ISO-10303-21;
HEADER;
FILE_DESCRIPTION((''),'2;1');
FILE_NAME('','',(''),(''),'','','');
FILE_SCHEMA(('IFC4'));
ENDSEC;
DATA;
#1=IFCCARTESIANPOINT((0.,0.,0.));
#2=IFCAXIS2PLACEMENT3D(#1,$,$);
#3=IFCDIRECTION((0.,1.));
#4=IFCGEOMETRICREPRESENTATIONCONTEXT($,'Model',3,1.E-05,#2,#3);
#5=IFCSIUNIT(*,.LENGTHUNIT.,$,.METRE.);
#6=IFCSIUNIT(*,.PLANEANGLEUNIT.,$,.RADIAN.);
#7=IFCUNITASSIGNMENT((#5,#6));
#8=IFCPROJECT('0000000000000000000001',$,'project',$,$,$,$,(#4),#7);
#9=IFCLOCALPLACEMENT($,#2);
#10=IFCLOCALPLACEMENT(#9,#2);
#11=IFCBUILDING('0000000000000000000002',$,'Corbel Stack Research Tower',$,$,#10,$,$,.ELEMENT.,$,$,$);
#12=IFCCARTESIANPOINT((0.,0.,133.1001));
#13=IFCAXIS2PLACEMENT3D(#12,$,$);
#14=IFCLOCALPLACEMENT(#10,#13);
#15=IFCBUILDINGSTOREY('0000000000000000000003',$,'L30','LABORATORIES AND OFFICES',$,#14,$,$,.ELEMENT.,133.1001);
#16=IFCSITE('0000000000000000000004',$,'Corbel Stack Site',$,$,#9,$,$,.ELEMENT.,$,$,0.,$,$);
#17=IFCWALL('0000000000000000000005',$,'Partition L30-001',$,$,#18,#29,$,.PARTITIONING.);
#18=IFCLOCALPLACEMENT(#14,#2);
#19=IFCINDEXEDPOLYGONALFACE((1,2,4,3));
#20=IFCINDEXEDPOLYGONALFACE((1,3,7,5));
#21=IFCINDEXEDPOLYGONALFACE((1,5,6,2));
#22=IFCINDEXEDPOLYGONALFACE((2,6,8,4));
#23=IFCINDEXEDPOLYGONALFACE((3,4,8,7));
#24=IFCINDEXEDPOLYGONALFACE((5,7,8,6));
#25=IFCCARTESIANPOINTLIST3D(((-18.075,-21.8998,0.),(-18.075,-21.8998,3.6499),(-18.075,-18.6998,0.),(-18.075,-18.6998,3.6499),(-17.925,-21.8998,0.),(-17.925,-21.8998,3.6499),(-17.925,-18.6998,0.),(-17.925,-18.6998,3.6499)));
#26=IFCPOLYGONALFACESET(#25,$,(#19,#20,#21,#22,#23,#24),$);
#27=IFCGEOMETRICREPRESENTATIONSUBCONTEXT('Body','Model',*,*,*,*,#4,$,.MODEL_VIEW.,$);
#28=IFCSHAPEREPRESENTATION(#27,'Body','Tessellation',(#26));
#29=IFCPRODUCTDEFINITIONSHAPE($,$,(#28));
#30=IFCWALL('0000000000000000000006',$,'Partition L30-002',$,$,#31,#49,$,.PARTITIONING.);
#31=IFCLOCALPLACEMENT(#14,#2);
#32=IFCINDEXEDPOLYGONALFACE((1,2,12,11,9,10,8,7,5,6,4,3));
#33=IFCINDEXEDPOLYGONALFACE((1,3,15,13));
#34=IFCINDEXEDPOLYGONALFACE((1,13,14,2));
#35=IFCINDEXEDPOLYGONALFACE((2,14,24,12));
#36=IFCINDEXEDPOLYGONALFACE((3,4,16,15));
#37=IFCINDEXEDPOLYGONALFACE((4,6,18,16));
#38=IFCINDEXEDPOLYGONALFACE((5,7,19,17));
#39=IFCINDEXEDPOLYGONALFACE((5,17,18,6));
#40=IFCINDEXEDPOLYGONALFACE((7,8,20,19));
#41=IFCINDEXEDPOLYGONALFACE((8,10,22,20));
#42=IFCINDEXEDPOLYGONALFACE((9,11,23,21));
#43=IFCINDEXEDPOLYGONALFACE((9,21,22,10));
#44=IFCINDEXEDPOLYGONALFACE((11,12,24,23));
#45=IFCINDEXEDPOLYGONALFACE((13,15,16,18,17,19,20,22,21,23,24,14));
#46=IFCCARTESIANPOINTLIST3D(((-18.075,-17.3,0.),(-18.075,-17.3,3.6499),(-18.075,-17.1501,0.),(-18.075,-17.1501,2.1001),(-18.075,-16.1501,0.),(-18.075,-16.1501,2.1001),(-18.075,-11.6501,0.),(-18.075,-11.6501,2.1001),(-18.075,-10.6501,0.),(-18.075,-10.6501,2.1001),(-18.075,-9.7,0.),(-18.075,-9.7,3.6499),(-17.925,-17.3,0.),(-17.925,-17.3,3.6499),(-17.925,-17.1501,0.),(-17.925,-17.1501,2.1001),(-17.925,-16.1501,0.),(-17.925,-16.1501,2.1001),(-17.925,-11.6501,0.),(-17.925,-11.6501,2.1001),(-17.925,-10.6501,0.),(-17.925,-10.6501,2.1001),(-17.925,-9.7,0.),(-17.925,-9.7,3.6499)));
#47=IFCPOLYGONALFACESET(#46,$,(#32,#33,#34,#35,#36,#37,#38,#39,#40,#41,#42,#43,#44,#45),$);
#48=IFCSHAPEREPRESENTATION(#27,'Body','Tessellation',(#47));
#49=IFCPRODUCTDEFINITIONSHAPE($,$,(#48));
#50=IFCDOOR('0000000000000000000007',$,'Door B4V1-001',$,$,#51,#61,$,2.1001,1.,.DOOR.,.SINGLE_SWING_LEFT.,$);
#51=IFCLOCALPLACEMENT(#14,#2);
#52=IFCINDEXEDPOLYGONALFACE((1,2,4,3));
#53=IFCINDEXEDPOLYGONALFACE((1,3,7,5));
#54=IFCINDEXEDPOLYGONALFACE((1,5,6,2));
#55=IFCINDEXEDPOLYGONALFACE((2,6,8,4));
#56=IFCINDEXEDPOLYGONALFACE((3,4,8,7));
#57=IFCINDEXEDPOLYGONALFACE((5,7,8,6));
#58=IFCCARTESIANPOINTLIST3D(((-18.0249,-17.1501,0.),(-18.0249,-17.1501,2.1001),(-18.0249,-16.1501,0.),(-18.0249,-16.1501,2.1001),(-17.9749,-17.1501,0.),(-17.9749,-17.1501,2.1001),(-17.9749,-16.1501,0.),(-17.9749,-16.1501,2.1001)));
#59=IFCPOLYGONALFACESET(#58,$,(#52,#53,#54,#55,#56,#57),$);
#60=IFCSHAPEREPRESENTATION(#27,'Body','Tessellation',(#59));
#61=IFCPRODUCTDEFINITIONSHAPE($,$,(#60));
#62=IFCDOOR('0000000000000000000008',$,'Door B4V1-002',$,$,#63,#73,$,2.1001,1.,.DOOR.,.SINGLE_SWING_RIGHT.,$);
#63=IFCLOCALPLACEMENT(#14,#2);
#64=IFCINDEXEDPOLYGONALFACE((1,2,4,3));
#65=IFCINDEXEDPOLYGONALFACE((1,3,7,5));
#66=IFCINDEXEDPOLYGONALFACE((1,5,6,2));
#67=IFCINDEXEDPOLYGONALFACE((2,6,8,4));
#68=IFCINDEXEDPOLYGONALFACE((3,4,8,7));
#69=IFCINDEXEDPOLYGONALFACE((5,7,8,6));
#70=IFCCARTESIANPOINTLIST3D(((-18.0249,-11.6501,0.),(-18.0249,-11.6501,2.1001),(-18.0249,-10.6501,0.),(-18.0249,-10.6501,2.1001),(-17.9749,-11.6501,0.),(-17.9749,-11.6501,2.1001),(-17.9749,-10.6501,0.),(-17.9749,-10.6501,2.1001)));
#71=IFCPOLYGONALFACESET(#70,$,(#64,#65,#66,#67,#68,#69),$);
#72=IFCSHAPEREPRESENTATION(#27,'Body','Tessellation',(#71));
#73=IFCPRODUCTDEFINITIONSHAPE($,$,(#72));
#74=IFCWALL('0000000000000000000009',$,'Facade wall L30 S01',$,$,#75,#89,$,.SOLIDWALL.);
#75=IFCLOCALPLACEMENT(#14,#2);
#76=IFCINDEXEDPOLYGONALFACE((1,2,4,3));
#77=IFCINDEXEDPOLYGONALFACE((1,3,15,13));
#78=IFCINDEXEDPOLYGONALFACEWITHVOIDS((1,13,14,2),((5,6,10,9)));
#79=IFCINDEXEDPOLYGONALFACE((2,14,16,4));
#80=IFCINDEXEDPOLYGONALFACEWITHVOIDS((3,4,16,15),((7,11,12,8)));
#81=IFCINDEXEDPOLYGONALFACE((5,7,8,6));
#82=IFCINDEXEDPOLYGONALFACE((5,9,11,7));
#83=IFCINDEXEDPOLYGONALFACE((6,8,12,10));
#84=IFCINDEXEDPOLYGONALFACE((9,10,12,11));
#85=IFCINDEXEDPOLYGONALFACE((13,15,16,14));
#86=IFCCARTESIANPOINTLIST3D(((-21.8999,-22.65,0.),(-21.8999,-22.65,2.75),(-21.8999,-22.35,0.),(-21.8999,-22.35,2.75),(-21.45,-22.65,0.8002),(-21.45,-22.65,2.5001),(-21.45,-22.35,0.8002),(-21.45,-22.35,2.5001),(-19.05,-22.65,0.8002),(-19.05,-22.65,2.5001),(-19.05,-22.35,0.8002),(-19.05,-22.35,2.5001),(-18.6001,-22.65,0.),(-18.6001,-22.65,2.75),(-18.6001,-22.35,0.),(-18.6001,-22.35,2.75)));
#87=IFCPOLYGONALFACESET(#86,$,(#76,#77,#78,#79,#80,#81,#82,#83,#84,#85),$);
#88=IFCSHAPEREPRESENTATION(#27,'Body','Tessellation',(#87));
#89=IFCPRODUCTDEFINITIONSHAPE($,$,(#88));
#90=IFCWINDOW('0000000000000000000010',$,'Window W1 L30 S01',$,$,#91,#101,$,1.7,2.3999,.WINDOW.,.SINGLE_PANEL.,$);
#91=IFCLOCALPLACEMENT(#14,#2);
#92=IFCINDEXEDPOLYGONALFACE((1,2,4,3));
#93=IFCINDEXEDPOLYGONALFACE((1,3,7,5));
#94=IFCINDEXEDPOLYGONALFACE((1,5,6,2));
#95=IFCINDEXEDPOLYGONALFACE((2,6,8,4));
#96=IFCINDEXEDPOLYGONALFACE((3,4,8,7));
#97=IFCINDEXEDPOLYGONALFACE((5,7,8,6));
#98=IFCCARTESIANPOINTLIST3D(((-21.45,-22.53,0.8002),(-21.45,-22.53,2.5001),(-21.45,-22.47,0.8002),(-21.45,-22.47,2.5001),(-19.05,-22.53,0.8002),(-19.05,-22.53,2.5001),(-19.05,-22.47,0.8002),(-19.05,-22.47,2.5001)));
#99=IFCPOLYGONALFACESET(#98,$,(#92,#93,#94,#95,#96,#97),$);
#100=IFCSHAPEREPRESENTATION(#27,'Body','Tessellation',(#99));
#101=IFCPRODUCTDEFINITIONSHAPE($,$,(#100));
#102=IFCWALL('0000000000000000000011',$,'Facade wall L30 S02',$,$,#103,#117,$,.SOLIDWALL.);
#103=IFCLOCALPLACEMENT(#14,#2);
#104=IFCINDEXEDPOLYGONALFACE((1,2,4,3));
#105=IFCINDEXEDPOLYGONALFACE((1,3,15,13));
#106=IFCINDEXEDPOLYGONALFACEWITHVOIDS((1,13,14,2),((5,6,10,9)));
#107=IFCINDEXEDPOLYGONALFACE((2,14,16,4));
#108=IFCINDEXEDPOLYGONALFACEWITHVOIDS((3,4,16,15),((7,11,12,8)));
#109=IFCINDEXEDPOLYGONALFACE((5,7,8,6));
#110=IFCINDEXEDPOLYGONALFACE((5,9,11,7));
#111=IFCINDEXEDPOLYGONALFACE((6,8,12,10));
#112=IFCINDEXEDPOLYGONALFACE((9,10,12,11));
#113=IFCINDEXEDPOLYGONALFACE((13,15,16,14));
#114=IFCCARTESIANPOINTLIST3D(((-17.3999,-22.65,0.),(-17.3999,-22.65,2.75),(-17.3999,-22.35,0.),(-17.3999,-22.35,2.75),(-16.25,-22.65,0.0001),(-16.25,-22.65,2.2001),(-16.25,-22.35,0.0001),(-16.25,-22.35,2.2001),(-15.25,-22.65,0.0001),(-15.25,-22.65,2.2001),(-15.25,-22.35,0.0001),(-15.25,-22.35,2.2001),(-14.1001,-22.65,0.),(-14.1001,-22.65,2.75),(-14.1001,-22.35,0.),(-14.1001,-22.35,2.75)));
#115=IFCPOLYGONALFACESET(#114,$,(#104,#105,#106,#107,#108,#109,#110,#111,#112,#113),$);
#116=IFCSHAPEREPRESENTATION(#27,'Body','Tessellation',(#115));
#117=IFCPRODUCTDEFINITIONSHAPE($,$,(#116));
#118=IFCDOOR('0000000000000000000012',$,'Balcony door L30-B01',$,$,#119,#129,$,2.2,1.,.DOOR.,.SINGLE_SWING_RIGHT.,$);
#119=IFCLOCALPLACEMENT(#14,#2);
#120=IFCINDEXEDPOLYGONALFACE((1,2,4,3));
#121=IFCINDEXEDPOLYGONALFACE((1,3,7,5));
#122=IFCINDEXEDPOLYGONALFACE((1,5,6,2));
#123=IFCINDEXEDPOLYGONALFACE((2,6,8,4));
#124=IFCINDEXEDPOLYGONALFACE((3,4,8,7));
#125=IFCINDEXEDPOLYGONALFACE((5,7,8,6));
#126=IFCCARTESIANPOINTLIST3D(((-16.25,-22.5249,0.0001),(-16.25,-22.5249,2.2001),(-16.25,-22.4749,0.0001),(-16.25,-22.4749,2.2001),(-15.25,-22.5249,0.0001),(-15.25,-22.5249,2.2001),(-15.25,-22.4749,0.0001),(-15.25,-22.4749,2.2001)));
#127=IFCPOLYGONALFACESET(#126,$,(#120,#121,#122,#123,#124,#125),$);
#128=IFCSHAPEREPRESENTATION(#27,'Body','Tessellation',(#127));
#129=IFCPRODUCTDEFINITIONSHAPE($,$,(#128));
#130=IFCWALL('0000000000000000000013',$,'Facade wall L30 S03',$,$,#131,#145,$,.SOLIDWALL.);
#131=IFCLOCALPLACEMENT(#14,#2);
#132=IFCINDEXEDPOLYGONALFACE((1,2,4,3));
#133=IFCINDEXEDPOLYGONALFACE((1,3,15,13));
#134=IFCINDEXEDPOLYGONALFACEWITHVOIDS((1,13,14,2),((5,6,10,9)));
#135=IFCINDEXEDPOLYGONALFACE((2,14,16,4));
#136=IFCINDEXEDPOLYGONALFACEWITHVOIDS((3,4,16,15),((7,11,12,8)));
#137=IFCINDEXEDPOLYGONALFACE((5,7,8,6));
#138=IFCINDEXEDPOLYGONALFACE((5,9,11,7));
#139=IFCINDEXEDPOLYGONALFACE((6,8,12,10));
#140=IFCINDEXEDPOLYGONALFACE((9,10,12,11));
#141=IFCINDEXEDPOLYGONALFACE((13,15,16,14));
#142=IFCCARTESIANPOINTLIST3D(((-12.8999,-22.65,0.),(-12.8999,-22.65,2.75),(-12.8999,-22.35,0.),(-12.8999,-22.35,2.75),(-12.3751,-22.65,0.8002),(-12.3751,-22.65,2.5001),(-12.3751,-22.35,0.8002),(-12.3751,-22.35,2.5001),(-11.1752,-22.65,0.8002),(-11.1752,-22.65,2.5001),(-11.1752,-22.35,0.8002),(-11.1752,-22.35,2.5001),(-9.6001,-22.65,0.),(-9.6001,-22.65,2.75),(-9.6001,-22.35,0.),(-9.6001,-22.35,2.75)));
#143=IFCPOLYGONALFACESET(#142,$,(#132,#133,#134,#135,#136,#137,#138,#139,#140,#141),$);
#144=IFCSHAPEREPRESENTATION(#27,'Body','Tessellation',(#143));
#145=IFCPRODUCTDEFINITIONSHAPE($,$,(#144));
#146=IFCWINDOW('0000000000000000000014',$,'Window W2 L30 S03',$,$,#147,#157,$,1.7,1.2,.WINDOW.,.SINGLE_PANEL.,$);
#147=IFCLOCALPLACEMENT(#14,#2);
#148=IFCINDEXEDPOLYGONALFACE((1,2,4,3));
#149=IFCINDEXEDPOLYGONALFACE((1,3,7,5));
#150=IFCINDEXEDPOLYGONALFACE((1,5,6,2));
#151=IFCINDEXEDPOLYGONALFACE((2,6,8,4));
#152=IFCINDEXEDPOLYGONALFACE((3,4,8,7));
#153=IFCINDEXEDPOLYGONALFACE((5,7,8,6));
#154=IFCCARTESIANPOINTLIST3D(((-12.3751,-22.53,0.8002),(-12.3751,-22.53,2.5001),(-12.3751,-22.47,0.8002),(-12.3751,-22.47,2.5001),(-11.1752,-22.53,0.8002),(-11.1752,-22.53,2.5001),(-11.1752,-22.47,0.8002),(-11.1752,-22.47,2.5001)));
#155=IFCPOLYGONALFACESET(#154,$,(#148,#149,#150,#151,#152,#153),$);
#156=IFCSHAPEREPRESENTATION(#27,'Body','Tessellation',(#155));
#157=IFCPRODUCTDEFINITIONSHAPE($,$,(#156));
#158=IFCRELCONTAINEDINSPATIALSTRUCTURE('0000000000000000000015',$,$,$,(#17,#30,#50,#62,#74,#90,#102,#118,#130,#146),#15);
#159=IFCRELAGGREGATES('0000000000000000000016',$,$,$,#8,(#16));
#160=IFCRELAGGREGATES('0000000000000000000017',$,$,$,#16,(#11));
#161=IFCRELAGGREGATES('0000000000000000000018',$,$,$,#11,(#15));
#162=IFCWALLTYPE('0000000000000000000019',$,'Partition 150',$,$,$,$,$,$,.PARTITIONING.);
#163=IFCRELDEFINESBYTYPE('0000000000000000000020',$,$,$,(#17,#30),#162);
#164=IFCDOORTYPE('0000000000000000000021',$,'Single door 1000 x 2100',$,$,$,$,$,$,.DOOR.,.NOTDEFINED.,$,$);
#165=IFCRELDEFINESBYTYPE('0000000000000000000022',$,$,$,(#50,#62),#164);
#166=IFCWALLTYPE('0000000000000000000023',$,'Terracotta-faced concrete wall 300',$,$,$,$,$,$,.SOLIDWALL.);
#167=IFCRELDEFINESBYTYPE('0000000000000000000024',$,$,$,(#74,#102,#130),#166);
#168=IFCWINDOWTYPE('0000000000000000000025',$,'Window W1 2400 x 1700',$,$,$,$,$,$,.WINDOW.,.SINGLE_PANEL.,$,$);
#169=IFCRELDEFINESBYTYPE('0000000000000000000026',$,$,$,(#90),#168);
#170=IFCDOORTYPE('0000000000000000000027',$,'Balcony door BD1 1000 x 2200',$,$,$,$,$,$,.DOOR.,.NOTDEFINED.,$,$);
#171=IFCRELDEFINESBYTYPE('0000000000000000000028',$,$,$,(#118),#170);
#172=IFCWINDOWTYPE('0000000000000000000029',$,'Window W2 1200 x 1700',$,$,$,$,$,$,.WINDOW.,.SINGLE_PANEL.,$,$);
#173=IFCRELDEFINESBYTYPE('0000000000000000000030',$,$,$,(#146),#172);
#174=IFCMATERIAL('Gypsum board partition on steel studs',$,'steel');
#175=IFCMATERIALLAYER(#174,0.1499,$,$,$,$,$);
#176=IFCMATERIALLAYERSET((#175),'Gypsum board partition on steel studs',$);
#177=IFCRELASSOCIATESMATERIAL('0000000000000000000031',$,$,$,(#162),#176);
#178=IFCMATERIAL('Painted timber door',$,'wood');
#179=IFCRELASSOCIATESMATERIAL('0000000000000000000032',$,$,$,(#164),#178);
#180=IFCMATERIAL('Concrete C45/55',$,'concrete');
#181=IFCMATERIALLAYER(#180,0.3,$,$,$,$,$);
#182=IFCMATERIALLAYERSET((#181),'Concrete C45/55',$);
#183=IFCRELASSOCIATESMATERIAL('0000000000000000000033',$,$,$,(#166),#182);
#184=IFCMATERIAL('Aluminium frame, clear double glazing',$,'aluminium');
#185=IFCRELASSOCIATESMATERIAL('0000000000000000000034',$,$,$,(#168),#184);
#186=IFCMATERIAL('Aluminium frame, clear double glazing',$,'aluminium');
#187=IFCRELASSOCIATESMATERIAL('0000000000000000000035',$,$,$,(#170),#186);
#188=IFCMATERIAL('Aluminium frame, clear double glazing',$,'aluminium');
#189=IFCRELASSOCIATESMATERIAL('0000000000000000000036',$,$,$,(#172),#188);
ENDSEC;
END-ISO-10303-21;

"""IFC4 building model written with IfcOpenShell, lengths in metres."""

from ifc_helpers import new_model, si_unit, direction, frame, frame_2d, origin, place, context, subcontext, project, spatial, rectangle, extrude, material, layer, layer_set, type_object, element, fill, save


model = new_model("IFC4")

# Units and contexts
model_context = context("Model", 3, precision=1e-05, world=origin(), true_north=direction((0.0, 1.0)))
body_context = subcontext(model_context, "Body", "Model", "MODEL_VIEW")
ifc_project = project(units=[si_unit("LENGTHUNIT", "METRE"), si_unit("PLANEANGLEUNIT", "RADIAN")], contexts=[model_context])

# Site, building, storey
site_placement = place(None, origin())
site = spatial("IfcSite", under=ifc_project, at=site_placement, Name="Corbel Stack Site", CompositionType="ELEMENT", RefElevation=0.0)
building_placement = place(site_placement, origin())
building = spatial("IfcBuilding", under=site, at=building_placement, Name="Corbel Stack Research Tower", CompositionType="ELEMENT")
storey_placement = place(building_placement, frame((0.0, 0.0, 133.1001)))
storey = spatial("IfcBuildingStorey", under=building, at=storey_placement, Name="L30", Description="LABORATORIES AND OFFICES", CompositionType="ELEMENT", Elevation=133.1001)

# Wall
ifc_material_1 = material(Name="Gypsum board partition on steel studs", Category="steel")
ifc_layer_1 = layer(ifc_material_1, 0.1499)
ifc_layer_set_1 = layer_set([ifc_layer_1], Name="Gypsum board partition on steel studs")
wall_type_1 = type_object("IfcWallType", Name="Partition 150", PredefinedType="PARTITIONING", material=ifc_layer_set_1)
wall_1_placement = place(storey_placement, frame((-18.0, -21.8999, 0.0), z_axis=(0.0, 0.0, 1.0), x_axis=(0.0, 1.0, 0.0)))
element("IfcWall", 1, at=wall_1_placement, inside=storey, type_object=wall_type_1, Name="Partition L30-001", PredefinedType="PARTITIONING", context=body_context, shape_type="SweptSolid", body=[
    extrude(rectangle(XDim=3.2, YDim=0.1499, at=frame_2d((1.6001, 0.0))), origin(), (0.0, 0.0, 1.0), 3.6499),
])

# Wall, openings, doors
wall_2_placement = place(storey_placement, frame((-18.0, -17.3, 0.0), z_axis=(0.0, 0.0, 1.0), x_axis=(0.0, 1.0, 0.0)))
wall_2 = element("IfcWall", 2, at=wall_2_placement, inside=storey, type_object=wall_type_1, Name="Partition L30-002", PredefinedType="PARTITIONING", context=body_context, shape_type="SweptSolid", body=[
    extrude(rectangle(XDim=7.6001, YDim=0.1499, at=frame_2d((3.8, 0.0))), origin(), (0.0, 0.0, 1.0), 3.6499),
])
opening_1_placement = place(wall_2_placement, frame((0.1499, 0.0, 0.0)))
opening_1 = element("IfcOpeningElement", 3, at=opening_1_placement, cuts=wall_2, PredefinedType="OPENING", context=body_context, shape_type="SweptSolid", body=[
    extrude(rectangle(XDim=1.0, YDim=2.1001, at=frame_2d((0.5, 1.05))), frame((0.0, 0.085, 0.0), z_axis=(0.0, -1.0, 0.0), x_axis=(1.0, 0.0, 0.0)), (0.0, 0.0, 1.0), 0.1699),
])
opening_2_placement = place(wall_2_placement, frame((5.6499, 0.0, 0.0)))
opening_2 = element("IfcOpeningElement", 4, at=opening_2_placement, cuts=wall_2, PredefinedType="OPENING", context=body_context, shape_type="SweptSolid", body=[
    extrude(rectangle(XDim=1.0, YDim=2.1001, at=frame_2d((0.5, 1.05))), frame((0.0, 0.085, 0.0), z_axis=(0.0, -1.0, 0.0), x_axis=(1.0, 0.0, 0.0)), (0.0, 0.0, 1.0), 0.1699),
])
ifc_material_2 = material(Name="Painted timber door", Category="wood")
door_type_1 = type_object("IfcDoorType", Name="Single door 1000 x 2100", OperationType="NOTDEFINED", PredefinedType="DOOR", material=ifc_material_2)
door_1_placement = place(opening_1_placement, origin())
door_1 = element("IfcDoor", 5, at=door_1_placement, inside=storey, type_object=door_type_1, Name="Door B4V1-001", OperationType="SINGLE_SWING_LEFT", OverallHeight=2.1001, OverallWidth=1.0, PredefinedType="DOOR", context=body_context, shape_type="SweptSolid", body=[
    extrude(rectangle(XDim=1.0, YDim=2.1001, at=frame_2d((0.5, 1.05))), frame((0.0, 0.0249, 0.0), z_axis=(0.0, -1.0, 0.0), x_axis=(1.0, 0.0, 0.0)), (0.0, 0.0, 1.0), 0.05),
])
fill(opening_1, door_1)
door_2_placement = place(opening_2_placement, origin())
door_2 = element("IfcDoor", 6, at=door_2_placement, inside=storey, type_object=door_type_1, Name="Door B4V1-002", OperationType="SINGLE_SWING_RIGHT", OverallHeight=2.1001, OverallWidth=1.0, PredefinedType="DOOR", context=body_context, shape_type="SweptSolid", body=[
    extrude(rectangle(XDim=1.0, YDim=2.1001, at=frame_2d((0.5, 1.05))), frame((0.0, 0.0249, 0.0), z_axis=(0.0, -1.0, 0.0), x_axis=(1.0, 0.0, 0.0)), (0.0, 0.0, 1.0), 0.05),
])
fill(opening_2, door_2)

# Wall, opening, window
ifc_material_3 = material(Name="Concrete C45/55", Category="concrete")
ifc_layer_2 = layer(ifc_material_3, 0.3)
ifc_layer_set_2 = layer_set([ifc_layer_2], Name="Concrete C45/55")
wall_type_2 = type_object("IfcWallType", Name="Terracotta-faced concrete wall 300", PredefinedType="SOLIDWALL", material=ifc_layer_set_2)
wall_3_placement = place(storey_placement, frame((-18.6001, -22.5, 0.0), z_axis=(0.0, 0.0, 1.0), x_axis=(-1.0, 0.0, 0.0)))
wall_3 = element("IfcWall", 7, at=wall_3_placement, inside=storey, type_object=wall_type_2, Name="Facade wall L30 S01", PredefinedType="SOLIDWALL", context=body_context, shape_type="SweptSolid", body=[
    extrude(rectangle(XDim=3.2998, YDim=0.3, at=frame_2d((1.6499, 0.0))), origin(), (0.0, 0.0, 1.0), 2.75),
])
opening_3_placement = place(wall_3_placement, frame((0.45, 0.0, 0.8)))
opening_3 = element("IfcOpeningElement", 8, at=opening_3_placement, cuts=wall_3, PredefinedType="OPENING", context=body_context, shape_type="SweptSolid", body=[
    extrude(rectangle(XDim=2.3999, YDim=1.7, at=frame_2d((1.2, 0.8501))), frame((0.0, 0.1599, 0.0), z_axis=(0.0, -1.0, 0.0), x_axis=(1.0, 0.0, 0.0)), (0.0, 0.0, 1.0), 0.3201),
])
ifc_material_4 = material(Name="Aluminium frame, clear double glazing", Category="aluminium")
window_type_1 = type_object("IfcWindowType", Name="Window W1 2400 x 1700", PartitioningType="SINGLE_PANEL", PredefinedType="WINDOW", material=ifc_material_4)
window_1_placement = place(opening_3_placement, origin())
window_1 = element("IfcWindow", 9, at=window_1_placement, inside=storey, type_object=window_type_1, Name="Window W1 L30 S01", OverallHeight=1.7, OverallWidth=2.3999, PartitioningType="SINGLE_PANEL", PredefinedType="WINDOW", context=body_context, shape_type="SweptSolid", body=[
    extrude(rectangle(XDim=2.3999, YDim=1.7, at=frame_2d((1.2, 0.8501))), frame((0.0, 0.03, 0.0), z_axis=(0.0, -1.0, 0.0), x_axis=(1.0, 0.0, 0.0)), (0.0, 0.0, 1.0), 0.0601),
])
fill(opening_3, window_1)

# Wall, opening, door
wall_4_placement = place(storey_placement, frame((-14.1001, -22.5, 0.0), z_axis=(0.0, 0.0, 1.0), x_axis=(-1.0, 0.0, 0.0)))
wall_4 = element("IfcWall", 10, at=wall_4_placement, inside=storey, type_object=wall_type_2, Name="Facade wall L30 S02", PredefinedType="SOLIDWALL", context=body_context, shape_type="SweptSolid", body=[
    extrude(rectangle(XDim=3.2998, YDim=0.3, at=frame_2d((1.6499, 0.0))), origin(), (0.0, 0.0, 1.0), 2.75),
])
opening_4_placement = place(wall_4_placement, frame((1.1499, 0.0, 0.0)))
opening_4 = element("IfcOpeningElement", 11, at=opening_4_placement, cuts=wall_4, PredefinedType="OPENING", context=body_context, shape_type="SweptSolid", body=[
    extrude(rectangle(XDim=1.0, YDim=2.2, at=frame_2d((0.5, 1.1001))), frame((0.0, 0.1599, 0.0), z_axis=(0.0, -1.0, 0.0), x_axis=(1.0, 0.0, 0.0)), (0.0, 0.0, 1.0), 0.3201),
])
ifc_material_5 = material(Name="Aluminium frame, clear double glazing", Category="aluminium")
door_type_2 = type_object("IfcDoorType", Name="Balcony door BD1 1000 x 2200", OperationType="NOTDEFINED", PredefinedType="DOOR", material=ifc_material_5)
door_3_placement = place(opening_4_placement, origin())
door_3 = element("IfcDoor", 12, at=door_3_placement, inside=storey, type_object=door_type_2, Name="Balcony door L30-B01", OperationType="SINGLE_SWING_RIGHT", OverallHeight=2.2, OverallWidth=1.0, PredefinedType="DOOR", context=body_context, shape_type="SweptSolid", body=[
    extrude(rectangle(XDim=1.0, YDim=2.2, at=frame_2d((0.5, 1.1001))), frame((0.0, 0.0249, 0.0), z_axis=(0.0, -1.0, 0.0), x_axis=(1.0, 0.0, 0.0)), (0.0, 0.0, 1.0), 0.05),
])
fill(opening_4, door_3)

# Wall, opening, window
wall_5_placement = place(storey_placement, frame((-9.6001, -22.5, 0.0), z_axis=(0.0, 0.0, 1.0), x_axis=(-1.0, 0.0, 0.0)))
wall_5 = element("IfcWall", 13, at=wall_5_placement, inside=storey, type_object=wall_type_2, Name="Facade wall L30 S03", PredefinedType="SOLIDWALL", context=body_context, shape_type="SweptSolid", body=[
    extrude(rectangle(XDim=3.2998, YDim=0.3, at=frame_2d((1.6499, 0.0))), origin(), (0.0, 0.0, 1.0), 2.75),
])
opening_5_placement = place(wall_5_placement, frame((1.575, 0.0, 0.8)))
opening_5 = element("IfcOpeningElement", 14, at=opening_5_placement, cuts=wall_5, PredefinedType="OPENING", context=body_context, shape_type="SweptSolid", body=[
    extrude(rectangle(XDim=1.2, YDim=1.7, at=frame_2d((0.6001, 0.8501))), frame((0.0, 0.1599, 0.0), z_axis=(0.0, -1.0, 0.0), x_axis=(1.0, 0.0, 0.0)), (0.0, 0.0, 1.0), 0.3201),
])
ifc_material_6 = material(Name="Aluminium frame, clear double glazing", Category="aluminium")
window_type_2 = type_object("IfcWindowType", Name="Window W2 1200 x 1700", PartitioningType="SINGLE_PANEL", PredefinedType="WINDOW", material=ifc_material_6)
window_2_placement = place(opening_5_placement, origin())
window_2 = element("IfcWindow", 15, at=window_2_placement, inside=storey, type_object=window_type_2, Name="Window W2 L30 S03", OverallHeight=1.7, OverallWidth=1.2, PartitioningType="SINGLE_PANEL", PredefinedType="WINDOW", context=body_context, shape_type="SweptSolid", body=[
    extrude(rectangle(XDim=1.2, YDim=1.7, at=frame_2d((0.6001, 0.8501))), frame((0.0, 0.03, 0.0), z_axis=(0.0, -1.0, 0.0), x_axis=(1.0, 0.0, 0.0)), (0.0, 0.0, 1.0), 0.0601),
])
fill(opening_5, window_2)

save(model, "model.ifc")
